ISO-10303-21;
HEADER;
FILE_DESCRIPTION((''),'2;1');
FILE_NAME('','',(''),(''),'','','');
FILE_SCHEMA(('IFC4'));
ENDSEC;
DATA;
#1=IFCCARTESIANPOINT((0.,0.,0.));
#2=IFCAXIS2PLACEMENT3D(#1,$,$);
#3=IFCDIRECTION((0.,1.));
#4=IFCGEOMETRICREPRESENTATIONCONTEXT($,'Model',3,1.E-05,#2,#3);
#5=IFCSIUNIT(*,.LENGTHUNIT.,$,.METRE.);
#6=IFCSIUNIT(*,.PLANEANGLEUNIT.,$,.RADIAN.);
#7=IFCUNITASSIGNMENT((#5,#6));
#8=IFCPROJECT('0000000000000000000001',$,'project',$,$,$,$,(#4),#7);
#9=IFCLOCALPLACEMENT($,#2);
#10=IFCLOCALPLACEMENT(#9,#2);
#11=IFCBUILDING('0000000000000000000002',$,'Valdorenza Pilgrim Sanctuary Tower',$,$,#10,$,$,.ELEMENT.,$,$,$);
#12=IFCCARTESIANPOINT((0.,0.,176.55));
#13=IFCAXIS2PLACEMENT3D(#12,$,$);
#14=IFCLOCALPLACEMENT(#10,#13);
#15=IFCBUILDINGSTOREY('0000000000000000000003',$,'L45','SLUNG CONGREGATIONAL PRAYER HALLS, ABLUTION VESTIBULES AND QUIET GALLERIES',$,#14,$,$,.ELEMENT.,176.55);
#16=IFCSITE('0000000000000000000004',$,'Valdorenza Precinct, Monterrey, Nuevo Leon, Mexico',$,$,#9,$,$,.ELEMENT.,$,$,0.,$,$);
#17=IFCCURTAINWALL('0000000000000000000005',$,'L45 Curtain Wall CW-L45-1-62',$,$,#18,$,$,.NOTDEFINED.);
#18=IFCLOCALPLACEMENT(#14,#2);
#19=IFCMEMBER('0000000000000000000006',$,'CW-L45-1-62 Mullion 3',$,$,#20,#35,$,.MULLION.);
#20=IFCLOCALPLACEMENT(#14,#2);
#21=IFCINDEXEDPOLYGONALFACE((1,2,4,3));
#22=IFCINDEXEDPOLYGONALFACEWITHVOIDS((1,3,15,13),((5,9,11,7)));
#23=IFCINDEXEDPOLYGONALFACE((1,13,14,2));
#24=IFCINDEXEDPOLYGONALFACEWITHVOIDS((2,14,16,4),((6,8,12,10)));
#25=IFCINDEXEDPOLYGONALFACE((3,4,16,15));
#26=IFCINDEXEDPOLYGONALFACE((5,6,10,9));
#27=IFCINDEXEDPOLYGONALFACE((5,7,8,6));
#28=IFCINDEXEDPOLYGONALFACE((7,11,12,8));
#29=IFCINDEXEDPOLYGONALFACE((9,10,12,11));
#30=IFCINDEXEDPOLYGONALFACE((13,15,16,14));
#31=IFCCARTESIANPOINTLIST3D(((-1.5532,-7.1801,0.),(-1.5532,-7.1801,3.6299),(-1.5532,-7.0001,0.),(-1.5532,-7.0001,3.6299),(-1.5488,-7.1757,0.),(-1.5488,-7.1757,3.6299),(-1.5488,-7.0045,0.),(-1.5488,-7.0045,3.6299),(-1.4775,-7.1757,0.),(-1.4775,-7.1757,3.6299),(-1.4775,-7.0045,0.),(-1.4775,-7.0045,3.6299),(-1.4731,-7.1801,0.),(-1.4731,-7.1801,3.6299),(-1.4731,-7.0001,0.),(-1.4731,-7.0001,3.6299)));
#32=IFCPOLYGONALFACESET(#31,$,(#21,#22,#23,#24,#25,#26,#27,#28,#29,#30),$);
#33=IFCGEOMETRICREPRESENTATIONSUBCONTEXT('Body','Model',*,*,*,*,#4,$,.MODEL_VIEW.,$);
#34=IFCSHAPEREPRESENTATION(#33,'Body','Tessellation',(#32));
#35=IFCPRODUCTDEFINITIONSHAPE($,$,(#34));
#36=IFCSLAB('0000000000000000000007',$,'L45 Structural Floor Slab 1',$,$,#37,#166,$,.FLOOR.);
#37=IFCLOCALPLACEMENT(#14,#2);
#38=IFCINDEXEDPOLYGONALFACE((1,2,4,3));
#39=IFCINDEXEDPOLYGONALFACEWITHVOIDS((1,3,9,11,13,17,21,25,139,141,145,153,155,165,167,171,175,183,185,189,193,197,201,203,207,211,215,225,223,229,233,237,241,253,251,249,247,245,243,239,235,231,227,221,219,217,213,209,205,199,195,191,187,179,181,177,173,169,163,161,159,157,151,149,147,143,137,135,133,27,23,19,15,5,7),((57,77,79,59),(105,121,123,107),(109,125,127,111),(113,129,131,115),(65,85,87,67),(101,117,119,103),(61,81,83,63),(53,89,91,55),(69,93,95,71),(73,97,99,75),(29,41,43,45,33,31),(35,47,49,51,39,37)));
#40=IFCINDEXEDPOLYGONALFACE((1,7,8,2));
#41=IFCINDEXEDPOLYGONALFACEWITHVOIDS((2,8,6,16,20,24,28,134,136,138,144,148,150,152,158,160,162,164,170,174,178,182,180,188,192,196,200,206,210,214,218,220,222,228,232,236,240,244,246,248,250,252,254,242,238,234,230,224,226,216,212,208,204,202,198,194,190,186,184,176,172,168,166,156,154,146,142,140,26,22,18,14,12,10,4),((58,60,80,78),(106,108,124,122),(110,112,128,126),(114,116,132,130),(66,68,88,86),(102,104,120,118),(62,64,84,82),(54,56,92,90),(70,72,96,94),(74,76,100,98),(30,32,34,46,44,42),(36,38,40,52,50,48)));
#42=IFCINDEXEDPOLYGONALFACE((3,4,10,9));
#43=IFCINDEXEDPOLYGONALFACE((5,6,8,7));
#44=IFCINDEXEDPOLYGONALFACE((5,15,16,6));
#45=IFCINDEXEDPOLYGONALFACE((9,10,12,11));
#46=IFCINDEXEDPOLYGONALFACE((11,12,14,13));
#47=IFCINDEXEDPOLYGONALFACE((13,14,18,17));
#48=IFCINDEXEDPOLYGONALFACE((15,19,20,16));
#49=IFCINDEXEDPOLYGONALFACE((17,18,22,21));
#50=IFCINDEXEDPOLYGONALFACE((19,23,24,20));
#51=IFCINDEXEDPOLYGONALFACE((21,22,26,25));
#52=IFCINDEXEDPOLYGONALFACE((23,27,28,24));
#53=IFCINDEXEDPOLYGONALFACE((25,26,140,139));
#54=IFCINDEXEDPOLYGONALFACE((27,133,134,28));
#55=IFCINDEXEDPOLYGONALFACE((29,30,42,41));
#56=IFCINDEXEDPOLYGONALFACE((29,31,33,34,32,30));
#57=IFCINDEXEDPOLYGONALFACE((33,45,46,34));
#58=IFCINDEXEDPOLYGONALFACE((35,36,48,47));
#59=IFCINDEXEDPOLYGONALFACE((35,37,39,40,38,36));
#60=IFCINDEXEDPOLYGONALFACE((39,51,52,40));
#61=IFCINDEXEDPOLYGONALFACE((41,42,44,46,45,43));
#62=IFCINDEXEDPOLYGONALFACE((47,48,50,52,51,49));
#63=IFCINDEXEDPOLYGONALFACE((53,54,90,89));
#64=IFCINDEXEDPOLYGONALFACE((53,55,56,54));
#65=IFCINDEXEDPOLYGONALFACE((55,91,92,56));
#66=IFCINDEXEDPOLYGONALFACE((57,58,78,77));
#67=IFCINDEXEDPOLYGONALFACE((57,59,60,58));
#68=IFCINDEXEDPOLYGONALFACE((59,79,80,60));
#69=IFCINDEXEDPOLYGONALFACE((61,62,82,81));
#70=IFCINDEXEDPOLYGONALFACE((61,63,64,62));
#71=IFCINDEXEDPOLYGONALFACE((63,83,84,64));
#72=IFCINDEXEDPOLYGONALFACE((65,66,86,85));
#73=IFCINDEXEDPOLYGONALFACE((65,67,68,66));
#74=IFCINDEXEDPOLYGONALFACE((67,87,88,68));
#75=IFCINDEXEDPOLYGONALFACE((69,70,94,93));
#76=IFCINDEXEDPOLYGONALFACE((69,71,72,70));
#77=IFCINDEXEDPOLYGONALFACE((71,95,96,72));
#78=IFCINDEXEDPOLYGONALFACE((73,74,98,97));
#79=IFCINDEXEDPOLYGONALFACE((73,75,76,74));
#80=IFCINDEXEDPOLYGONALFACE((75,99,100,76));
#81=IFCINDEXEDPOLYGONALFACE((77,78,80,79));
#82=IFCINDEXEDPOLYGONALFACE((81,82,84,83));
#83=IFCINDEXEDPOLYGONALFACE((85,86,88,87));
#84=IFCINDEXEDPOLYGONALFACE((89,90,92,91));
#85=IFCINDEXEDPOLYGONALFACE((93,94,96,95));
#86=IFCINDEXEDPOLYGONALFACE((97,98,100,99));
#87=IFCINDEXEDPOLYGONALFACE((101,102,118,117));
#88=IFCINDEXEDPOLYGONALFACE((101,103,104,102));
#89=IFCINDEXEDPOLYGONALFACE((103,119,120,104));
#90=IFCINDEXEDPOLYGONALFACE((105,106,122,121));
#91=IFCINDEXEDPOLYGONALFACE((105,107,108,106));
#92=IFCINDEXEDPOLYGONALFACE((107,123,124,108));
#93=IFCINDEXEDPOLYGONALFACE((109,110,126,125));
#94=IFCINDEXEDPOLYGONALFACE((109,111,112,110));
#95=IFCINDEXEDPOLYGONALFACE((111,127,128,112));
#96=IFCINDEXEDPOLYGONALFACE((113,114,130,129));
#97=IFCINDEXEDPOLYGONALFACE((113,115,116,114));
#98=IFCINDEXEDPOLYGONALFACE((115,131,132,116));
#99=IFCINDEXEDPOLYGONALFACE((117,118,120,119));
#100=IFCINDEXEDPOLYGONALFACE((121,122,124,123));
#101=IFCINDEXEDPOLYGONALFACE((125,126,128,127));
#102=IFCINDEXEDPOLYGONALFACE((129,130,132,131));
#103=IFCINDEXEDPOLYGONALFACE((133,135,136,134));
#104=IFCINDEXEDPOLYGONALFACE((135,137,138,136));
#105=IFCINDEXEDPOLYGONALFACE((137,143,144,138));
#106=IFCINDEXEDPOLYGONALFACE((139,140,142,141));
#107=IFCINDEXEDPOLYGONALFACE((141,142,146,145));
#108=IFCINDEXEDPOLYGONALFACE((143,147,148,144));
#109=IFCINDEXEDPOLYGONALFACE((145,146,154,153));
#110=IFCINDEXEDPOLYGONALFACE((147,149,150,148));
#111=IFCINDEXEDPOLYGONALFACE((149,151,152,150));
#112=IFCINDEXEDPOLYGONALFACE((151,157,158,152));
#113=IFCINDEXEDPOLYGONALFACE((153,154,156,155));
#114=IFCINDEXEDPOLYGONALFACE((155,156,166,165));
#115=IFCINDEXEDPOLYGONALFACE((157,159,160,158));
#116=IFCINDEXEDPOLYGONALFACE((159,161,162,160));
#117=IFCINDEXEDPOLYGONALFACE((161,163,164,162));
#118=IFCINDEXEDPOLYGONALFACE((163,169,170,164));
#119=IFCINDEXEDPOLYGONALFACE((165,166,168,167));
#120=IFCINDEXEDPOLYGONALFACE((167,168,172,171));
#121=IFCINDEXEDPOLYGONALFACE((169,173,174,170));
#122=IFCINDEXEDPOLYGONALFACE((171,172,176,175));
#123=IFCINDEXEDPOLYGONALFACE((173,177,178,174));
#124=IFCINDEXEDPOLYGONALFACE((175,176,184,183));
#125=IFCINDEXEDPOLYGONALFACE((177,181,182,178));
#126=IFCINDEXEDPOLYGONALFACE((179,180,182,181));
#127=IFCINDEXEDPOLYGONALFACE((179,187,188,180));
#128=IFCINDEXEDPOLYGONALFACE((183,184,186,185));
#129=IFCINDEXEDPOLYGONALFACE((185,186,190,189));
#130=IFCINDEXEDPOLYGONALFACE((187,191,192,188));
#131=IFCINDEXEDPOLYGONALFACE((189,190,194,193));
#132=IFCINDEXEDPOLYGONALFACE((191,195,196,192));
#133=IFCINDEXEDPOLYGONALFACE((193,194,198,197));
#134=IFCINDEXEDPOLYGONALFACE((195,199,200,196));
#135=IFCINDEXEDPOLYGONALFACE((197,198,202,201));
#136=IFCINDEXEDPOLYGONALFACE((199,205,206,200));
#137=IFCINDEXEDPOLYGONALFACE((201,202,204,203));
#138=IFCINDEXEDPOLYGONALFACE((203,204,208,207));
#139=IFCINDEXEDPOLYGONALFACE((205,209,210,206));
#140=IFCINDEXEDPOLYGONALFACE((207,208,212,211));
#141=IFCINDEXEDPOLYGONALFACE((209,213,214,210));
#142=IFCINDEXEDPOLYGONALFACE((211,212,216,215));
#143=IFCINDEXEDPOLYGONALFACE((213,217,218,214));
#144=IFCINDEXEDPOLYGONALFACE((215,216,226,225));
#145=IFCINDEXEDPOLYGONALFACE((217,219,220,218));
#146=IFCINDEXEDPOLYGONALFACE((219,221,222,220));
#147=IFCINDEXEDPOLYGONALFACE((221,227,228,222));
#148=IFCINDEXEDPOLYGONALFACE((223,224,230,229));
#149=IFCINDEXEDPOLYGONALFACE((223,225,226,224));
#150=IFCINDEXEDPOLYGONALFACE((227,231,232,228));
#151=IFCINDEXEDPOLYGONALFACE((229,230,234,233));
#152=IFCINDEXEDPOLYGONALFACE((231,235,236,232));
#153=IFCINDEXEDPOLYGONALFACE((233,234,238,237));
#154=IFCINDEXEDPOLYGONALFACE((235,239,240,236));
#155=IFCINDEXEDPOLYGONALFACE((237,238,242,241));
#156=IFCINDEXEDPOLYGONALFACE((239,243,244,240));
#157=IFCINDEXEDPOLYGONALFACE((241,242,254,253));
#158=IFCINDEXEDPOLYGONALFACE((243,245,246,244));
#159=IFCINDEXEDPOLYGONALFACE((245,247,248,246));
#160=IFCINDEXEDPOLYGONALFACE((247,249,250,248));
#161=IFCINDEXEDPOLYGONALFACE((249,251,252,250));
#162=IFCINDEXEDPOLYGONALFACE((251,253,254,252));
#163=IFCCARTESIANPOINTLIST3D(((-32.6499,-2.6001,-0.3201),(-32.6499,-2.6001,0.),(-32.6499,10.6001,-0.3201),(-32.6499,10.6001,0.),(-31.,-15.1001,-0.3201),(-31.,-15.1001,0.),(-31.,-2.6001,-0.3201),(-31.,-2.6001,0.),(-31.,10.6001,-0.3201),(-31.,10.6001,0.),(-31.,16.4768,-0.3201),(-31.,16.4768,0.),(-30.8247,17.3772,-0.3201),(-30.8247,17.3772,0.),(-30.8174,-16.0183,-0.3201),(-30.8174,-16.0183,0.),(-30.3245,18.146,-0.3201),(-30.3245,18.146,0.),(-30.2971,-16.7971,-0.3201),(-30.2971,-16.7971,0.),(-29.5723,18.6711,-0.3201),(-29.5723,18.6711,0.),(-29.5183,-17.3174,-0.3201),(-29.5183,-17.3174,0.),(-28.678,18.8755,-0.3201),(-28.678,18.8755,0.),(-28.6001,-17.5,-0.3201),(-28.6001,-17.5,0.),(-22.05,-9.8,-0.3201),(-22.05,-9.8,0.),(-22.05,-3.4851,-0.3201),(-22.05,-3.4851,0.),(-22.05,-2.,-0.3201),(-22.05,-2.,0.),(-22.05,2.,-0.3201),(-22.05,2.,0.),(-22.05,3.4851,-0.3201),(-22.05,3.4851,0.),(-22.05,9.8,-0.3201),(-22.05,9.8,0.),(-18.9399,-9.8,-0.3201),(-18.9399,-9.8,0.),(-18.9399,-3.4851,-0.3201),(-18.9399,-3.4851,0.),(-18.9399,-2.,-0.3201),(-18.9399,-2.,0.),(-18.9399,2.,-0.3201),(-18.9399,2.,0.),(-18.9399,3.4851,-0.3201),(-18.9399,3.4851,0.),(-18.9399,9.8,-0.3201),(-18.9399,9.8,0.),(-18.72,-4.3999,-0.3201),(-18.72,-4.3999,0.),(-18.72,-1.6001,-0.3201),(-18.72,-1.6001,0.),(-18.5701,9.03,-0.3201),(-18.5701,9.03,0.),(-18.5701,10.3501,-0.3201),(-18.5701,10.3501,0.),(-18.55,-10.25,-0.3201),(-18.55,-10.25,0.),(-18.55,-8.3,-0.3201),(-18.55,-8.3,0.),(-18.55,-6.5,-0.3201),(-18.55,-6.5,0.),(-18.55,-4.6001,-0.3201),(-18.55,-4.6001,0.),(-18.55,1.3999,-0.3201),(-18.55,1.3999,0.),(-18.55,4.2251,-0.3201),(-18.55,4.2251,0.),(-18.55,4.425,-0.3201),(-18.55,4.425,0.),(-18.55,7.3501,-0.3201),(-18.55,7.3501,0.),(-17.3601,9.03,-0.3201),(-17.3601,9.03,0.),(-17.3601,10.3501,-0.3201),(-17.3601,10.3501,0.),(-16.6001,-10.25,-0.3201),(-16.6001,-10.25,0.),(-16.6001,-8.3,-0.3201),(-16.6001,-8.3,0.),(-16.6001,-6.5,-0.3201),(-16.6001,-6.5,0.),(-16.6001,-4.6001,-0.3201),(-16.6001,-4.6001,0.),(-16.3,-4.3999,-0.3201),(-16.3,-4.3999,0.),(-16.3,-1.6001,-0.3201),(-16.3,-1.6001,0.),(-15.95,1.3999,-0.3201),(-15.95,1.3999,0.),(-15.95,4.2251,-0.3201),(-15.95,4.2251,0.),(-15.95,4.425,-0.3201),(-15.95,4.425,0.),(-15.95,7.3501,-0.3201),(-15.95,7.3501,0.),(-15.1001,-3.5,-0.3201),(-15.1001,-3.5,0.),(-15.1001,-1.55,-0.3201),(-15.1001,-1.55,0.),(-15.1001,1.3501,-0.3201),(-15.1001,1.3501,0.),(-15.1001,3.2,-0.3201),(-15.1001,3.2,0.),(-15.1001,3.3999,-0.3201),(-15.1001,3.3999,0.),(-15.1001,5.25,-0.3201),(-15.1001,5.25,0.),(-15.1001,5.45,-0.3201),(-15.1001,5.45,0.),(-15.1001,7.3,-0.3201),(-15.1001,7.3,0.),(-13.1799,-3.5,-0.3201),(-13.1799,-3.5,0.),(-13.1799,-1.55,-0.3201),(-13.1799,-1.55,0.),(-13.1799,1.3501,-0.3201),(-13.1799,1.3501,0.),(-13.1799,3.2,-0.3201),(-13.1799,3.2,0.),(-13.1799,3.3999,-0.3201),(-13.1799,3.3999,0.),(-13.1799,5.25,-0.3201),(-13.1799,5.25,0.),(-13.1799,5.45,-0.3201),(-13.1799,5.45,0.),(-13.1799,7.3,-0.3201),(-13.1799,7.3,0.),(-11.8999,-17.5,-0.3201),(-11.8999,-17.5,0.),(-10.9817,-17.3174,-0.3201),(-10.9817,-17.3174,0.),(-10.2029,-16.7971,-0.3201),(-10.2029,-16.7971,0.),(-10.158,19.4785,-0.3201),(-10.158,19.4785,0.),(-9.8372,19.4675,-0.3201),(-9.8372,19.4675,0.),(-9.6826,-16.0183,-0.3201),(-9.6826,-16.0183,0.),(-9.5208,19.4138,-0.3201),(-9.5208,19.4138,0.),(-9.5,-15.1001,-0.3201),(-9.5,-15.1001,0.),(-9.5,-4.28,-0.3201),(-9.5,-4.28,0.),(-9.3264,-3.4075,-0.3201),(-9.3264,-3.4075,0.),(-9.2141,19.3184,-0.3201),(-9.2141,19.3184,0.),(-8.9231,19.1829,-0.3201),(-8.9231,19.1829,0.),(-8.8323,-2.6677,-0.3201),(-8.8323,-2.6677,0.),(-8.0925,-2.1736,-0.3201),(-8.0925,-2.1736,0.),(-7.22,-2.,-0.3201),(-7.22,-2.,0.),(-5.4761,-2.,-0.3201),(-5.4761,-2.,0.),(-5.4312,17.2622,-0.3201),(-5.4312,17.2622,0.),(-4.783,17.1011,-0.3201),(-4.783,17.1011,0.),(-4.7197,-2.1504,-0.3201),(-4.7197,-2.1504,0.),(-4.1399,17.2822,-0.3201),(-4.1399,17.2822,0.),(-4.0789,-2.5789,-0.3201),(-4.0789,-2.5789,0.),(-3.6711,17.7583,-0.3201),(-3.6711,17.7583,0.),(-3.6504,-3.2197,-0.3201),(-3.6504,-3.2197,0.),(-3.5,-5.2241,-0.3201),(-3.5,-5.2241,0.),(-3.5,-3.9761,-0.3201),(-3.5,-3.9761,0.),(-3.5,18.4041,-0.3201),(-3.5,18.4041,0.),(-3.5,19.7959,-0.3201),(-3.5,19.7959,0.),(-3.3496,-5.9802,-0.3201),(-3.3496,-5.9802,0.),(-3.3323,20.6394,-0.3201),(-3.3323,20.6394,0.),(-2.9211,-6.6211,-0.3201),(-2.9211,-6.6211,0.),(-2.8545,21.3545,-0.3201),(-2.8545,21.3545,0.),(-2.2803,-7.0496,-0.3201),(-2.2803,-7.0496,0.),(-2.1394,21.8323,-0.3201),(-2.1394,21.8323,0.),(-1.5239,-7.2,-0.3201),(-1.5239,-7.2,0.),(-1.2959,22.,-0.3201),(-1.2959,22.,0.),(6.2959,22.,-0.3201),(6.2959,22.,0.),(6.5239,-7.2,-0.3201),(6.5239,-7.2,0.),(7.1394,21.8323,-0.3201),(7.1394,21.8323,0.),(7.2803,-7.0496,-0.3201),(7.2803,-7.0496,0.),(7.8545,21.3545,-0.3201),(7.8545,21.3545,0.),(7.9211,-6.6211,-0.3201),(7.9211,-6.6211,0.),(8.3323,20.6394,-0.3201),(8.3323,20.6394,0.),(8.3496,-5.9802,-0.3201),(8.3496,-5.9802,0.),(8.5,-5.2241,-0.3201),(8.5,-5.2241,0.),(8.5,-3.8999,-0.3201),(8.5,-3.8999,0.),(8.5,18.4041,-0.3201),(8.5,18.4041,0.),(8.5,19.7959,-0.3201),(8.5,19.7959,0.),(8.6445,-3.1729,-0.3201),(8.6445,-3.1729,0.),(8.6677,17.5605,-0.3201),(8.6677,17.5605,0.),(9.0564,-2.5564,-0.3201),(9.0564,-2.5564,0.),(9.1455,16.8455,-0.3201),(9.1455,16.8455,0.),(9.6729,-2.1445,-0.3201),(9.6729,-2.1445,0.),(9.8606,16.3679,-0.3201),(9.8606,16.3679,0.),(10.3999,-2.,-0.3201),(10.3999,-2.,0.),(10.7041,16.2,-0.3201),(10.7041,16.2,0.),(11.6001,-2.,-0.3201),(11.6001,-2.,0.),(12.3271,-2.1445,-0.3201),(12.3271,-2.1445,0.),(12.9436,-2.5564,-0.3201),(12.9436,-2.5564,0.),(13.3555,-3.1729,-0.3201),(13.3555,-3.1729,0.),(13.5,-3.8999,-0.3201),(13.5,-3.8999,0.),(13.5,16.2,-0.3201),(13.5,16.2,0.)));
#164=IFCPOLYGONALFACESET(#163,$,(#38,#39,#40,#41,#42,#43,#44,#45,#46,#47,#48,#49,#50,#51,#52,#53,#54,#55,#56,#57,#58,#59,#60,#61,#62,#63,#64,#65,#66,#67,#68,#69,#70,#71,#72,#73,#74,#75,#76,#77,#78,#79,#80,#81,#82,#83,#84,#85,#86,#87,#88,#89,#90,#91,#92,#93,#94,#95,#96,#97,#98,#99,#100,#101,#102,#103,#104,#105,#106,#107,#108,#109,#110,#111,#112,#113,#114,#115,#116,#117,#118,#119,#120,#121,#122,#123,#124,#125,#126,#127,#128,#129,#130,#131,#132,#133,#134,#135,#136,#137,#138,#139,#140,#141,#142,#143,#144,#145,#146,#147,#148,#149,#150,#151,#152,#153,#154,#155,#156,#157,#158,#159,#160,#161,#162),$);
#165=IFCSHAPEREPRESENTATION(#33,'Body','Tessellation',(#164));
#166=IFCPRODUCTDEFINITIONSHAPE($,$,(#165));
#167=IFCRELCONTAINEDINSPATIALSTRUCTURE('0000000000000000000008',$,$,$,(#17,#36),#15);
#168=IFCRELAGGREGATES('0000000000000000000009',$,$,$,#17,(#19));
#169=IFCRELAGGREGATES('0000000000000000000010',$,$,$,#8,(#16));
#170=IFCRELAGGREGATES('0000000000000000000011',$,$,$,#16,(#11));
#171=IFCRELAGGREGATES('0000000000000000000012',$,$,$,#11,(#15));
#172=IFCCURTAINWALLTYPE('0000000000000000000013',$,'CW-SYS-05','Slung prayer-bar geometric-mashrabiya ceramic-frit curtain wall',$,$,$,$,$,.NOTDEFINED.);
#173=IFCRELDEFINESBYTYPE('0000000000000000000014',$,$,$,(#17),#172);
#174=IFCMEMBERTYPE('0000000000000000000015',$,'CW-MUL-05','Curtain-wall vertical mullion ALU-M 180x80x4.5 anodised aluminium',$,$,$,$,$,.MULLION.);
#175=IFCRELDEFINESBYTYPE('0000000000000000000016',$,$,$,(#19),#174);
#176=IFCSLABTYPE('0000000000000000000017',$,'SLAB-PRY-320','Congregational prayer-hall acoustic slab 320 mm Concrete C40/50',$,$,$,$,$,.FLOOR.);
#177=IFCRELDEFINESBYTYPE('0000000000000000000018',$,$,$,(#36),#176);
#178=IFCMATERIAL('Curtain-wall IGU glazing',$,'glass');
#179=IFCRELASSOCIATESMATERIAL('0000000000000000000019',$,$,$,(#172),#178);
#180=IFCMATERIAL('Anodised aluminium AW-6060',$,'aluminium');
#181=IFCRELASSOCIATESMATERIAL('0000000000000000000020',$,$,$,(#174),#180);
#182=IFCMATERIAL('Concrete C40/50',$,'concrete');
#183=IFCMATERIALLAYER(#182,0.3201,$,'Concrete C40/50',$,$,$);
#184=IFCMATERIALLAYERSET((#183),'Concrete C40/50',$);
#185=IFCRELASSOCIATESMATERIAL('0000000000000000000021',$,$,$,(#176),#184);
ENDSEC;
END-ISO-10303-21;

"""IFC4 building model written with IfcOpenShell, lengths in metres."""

from ifc_helpers import new_model, si_unit, direction, frame, origin, origin_2d, place, context, subcontext, project, spatial, polyline, hollow_rectangle, outline, extrude, source, transform, mapped, material, layer, layer_set, material_profile, profile_set, type_object, element, aggregate, save


model = new_model("IFC4")

# Units and contexts
model_context = context("Model", 3, precision=1e-05, world=origin(), true_north=direction((0.0, 1.0)))
body_context = subcontext(model_context, "Body", "Model", "MODEL_VIEW")
ifc_project = project(units=[si_unit("LENGTHUNIT", "METRE"), si_unit("PLANEANGLEUNIT", "RADIAN")], contexts=[model_context])

# Site, building, storey
site_placement = place(None, origin())
site = spatial("IfcSite", under=ifc_project, at=site_placement, Name="Valdorenza Precinct, Monterrey, Nuevo Leon, Mexico", CompositionType="ELEMENT", RefElevation=0.0)
building_placement = place(site_placement, origin())
building = spatial("IfcBuilding", under=site, at=building_placement, Name="Valdorenza Pilgrim Sanctuary Tower", CompositionType="ELEMENT")
storey_placement = place(building_placement, frame((0.0, 0.0, 176.55)))
storey = spatial("IfcBuildingStorey", under=building, at=storey_placement, Name="L45", Description="SLUNG CONGREGATIONAL PRAYER HALLS, ABLUTION VESTIBULES AND QUIET GALLERIES", CompositionType="ELEMENT", Elevation=176.55)

# Curtain wall, member
ifc_material_1 = material(Name="Curtain-wall IGU glazing", Category="glass")
curtain_wall_type = type_object("IfcCurtainWallType", Name="CW-SYS-05", Description="Slung prayer-bar geometric-mashrabiya ceramic-frit curtain wall", PredefinedType="NOTDEFINED", material=ifc_material_1)
curtain_wall_placement = place(storey_placement, origin())
curtain_wall = element("IfcCurtainWall", 1, at=curtain_wall_placement, inside=storey, type_object=curtain_wall_type, Name="L45 Curtain Wall CW-L45-1-62", PredefinedType="NOTDEFINED")
ifc_material_2 = material(Name="Anodised aluminium AW-6060", Category="aluminium")
ifc_material_profile = material_profile(ifc_material_2, hollow_rectangle(XDim=0.0801, YDim=0.1799, WallThickness=0.0044, at=origin_2d()), Name="ALU-M 180x80x4.5")
ifc_profile_set = profile_set([ifc_material_profile], Name="Anodised aluminium AW-6060")
member_type = type_object("IfcMemberType", Name="CW-MUL-05", Description="Curtain-wall vertical mullion ALU-M 180x80x4.5 anodised aluminium", PredefinedType="MULLION", material=ifc_profile_set)
shared_shape = source(origin(), body_context, "Body", "SweptSolid", [
    extrude(hollow_rectangle(XDim=0.0801, YDim=0.1799, WallThickness=0.0044, at=origin_2d()), origin(), (0.0, 0.0, 1.0), 3.6299),
])
member_placement = place(storey_placement, frame((-1.5132, -7.0901, 0.0), z_axis=(0.0, 0.0, 1.0), x_axis=(-1.0, 0.0, 0.0)))
member = element("IfcMember", 2, at=member_placement, type_object=member_type, Name="CW-L45-1-62 Mullion 3", PredefinedType="MULLION", context=body_context, shape_type="MappedRepresentation", body=[
    mapped(shared_shape, transform((0.0, 0.0, 0.0), x_axis=(1.0, 0.0, 0.0), y_axis=(0.0, 1.0, 0.0), z_axis=(0.0, 0.0, 1.0), scale=1.0)),
])
aggregate(curtain_wall, [member])

# Slab
ifc_material_3 = material(Name="Concrete C40/50", Category="concrete")
ifc_layer_1 = layer(ifc_material_3, 0.3201, Name="Concrete C40/50")
ifc_layer_set_1 = layer_set([ifc_layer_1], Name="Concrete C40/50")
slab_type_1 = type_object("IfcSlabType", Name="SLAB-PRY-320", Description="Congregational prayer-hall acoustic slab 320 mm Concrete C40/50", PredefinedType="FLOOR", material=ifc_layer_set_1)
slab_1_placement = place(storey_placement, frame((0.0, 0.0, -0.3201)))
element("IfcSlab", 3, at=slab_1_placement, inside=storey, type_object=slab_type_1, Name="L45 Structural Floor Slab 1", PredefinedType="FLOOR", context=body_context, shape_type="SweptSolid", body=[
    extrude(outline(polyline([(-30.3245, 18.146), (-29.5723, 18.6711), (-28.678, 18.8755), (-10.158, 19.4785), (-9.8372, 19.4675), (-9.5208, 19.4138), (-9.2141, 19.3184), (-8.9231, 19.1829), (-5.4312, 17.2622), (-4.783, 17.1011), (-4.1399, 17.2822), (-3.6711, 17.7583), (-3.5, 18.4041), (-3.5, 19.7959), (-3.3323, 20.6394), (-2.8545, 21.3545), (-2.1394, 21.8323), (-1.2959, 22.0), (6.2959, 22.0), (7.1394, 21.8323), (7.8545, 21.3545), (8.3323, 20.6394), (8.5, 19.7959), (8.5, 18.4041), (8.6677, 17.5605), (9.1455, 16.8455), (9.8606, 16.3679), (10.7041, 16.2), (13.5, 16.2), (13.5, -3.8999), (13.3555, -3.1729), (12.9436, -2.5564), (12.3271, -2.1445), (11.6001, -2.0), (10.3999, -2.0), (9.6729, -2.1445), (9.0564, -2.5564), (8.6445, -3.1729), (8.5, -3.8999), (8.5, -5.2241), (8.3496, -5.9802), (7.9211, -6.6211), (7.2803, -7.0496), (6.5239, -7.2), (-1.5239, -7.2), (-2.2803, -7.0496), (-2.9211, -6.6211), (-3.3496, -5.9802), (-3.5, -5.2241), (-3.5, -3.9761), (-3.6504, -3.2197), (-4.0789, -2.5789), (-4.7197, -2.1504), (-5.4761, -2.0), (-7.22, -2.0), (-8.0925, -2.1736), (-8.8323, -2.6677), (-9.3264, -3.4075), (-9.5, -4.28), (-9.5, -15.1001), (-9.6826, -16.0183), (-10.2029, -16.7971), (-10.9817, -17.3174), (-11.8999, -17.5), (-28.6001, -17.5), (-29.5183, -17.3174), (-30.2971, -16.7971), (-30.8174, -16.0183), (-31.0, -15.1001), (-31.0, -2.6001), (-32.6499, -2.6001), (-32.6499, 10.6001), (-31.0, 10.6001), (-31.0, 16.4768), (-30.8247, 17.3772), (-30.3245, 18.146)]), holes=[polyline([(-16.6001, -10.25), (-16.6001, -8.3), (-18.55, -8.3), (-18.55, -10.25), (-16.6001, -10.25)]), polyline([(-22.05, -9.8), (-18.9399, -9.8), (-18.9399, -3.4851), (-18.9399, -2.0), (-22.05, -2.0), (-22.05, -3.4851), (-22.05, -9.8)]), polyline([(-16.6001, -6.5), (-16.6001, -4.6001), (-18.55, -4.6001), (-18.55, -6.5), (-16.6001, -6.5)]), polyline([(-18.72, -4.3999), (-16.3, -4.3999), (-16.3, -1.6001), (-18.72, -1.6001), (-18.72, -4.3999)]), polyline([(-13.1799, 1.3501), (-13.1799, 3.2), (-15.1001, 3.2), (-15.1001, 1.3501), (-13.1799, 1.3501)]), polyline([(-22.05, 2.0), (-18.9399, 2.0), (-18.9399, 3.4851), (-18.9399, 9.8), (-22.05, 9.8), (-22.05, 3.4851), (-22.05, 2.0)]), polyline([(-15.95, 1.3999), (-15.95, 4.2251), (-18.55, 4.2251), (-18.55, 1.3999), (-15.95, 1.3999)]), polyline([(-18.55, 4.425), (-15.95, 4.425), (-15.95, 7.3501), (-18.55, 7.3501), (-18.55, 4.425)]), polyline([(-17.3601, 9.03), (-17.3601, 10.3501), (-18.5701, 10.3501), (-18.5701, 9.03), (-17.3601, 9.03)]), polyline([(-13.1799, -3.5), (-13.1799, -1.55), (-15.1001, -1.55), (-15.1001, -3.5), (-13.1799, -3.5)]), polyline([(-13.1799, 3.3999), (-13.1799, 5.25), (-15.1001, 5.25), (-15.1001, 3.3999), (-13.1799, 3.3999)]), polyline([(-13.1799, 5.45), (-13.1799, 7.3), (-15.1001, 7.3), (-15.1001, 5.45), (-13.1799, 5.45)])]), origin(), (0.0, 0.0, 1.0), 0.3201),
])

save(model, "model.ifc")
